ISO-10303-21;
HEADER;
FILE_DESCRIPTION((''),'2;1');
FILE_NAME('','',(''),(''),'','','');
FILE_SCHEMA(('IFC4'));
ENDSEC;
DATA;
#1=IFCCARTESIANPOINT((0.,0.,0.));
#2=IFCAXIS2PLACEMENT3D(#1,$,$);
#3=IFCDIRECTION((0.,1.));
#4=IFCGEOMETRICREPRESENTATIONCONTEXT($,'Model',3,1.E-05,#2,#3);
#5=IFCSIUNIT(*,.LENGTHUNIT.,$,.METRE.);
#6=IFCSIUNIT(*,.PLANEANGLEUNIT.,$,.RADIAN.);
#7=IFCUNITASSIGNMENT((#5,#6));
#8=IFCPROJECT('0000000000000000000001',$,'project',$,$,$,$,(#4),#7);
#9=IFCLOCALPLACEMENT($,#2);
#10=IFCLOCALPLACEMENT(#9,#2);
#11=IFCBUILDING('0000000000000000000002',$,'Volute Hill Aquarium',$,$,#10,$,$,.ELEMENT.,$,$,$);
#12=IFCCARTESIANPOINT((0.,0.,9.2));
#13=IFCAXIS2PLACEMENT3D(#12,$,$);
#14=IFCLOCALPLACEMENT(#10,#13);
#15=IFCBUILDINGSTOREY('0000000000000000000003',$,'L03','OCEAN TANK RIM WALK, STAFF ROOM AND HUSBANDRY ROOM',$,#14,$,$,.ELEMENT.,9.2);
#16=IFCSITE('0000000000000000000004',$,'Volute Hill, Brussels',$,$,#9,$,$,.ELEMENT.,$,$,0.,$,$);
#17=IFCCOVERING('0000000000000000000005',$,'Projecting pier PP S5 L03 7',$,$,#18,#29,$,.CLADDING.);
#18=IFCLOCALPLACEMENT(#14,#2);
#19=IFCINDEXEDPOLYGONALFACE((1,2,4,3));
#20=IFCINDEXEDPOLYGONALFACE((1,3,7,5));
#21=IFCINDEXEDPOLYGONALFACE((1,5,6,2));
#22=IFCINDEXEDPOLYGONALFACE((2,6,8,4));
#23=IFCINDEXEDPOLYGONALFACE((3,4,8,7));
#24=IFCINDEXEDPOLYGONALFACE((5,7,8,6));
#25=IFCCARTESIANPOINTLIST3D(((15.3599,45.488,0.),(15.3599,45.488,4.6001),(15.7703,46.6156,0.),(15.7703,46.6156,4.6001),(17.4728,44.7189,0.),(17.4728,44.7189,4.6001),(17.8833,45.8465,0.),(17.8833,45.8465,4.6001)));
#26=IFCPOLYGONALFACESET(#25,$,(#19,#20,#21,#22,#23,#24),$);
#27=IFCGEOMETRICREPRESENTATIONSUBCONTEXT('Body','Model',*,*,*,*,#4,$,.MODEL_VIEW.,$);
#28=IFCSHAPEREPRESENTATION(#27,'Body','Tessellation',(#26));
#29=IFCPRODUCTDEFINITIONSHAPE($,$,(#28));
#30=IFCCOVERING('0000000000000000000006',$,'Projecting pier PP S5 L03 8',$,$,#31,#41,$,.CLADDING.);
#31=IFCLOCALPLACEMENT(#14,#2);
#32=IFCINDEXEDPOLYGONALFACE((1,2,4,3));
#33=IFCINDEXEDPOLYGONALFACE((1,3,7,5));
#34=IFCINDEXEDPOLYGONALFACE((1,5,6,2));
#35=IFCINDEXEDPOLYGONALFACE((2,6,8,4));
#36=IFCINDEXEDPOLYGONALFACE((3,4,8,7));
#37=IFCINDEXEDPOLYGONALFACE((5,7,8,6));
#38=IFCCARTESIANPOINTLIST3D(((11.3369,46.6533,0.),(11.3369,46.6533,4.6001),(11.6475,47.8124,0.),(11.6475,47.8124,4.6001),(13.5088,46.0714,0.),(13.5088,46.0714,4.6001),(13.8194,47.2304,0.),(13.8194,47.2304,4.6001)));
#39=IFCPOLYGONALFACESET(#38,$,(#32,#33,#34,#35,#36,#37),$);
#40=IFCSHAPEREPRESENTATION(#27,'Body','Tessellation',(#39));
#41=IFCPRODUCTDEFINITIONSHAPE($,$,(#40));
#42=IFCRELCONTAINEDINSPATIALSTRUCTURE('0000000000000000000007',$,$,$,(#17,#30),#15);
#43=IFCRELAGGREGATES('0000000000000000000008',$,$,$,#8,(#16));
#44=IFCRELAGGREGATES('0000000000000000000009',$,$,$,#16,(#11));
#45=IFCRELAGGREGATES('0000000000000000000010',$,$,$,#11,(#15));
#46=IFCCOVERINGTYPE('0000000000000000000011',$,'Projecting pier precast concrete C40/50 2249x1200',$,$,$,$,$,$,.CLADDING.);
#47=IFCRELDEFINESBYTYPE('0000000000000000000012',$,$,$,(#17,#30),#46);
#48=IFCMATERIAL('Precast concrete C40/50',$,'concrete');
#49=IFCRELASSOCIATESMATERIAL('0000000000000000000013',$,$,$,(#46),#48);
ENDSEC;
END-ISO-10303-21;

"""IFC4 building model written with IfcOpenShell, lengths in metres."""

from ifc_helpers import new_model, si_unit, direction, frame, origin, origin_2d, place, context, subcontext, project, spatial, rectangle, extrude, material, type_object, element, save


model = new_model("IFC4")

# Units and contexts
model_context = context("Model", 3, precision=1e-05, world=origin(), true_north=direction((0.0, 1.0)))
body_context = subcontext(model_context, "Body", "Model", "MODEL_VIEW")
ifc_project = project(units=[si_unit("LENGTHUNIT", "METRE"), si_unit("PLANEANGLEUNIT", "RADIAN")], contexts=[model_context])

# Site, building, storey
site_placement = place(None, origin())
site = spatial("IfcSite", under=ifc_project, at=site_placement, Name="Volute Hill, Brussels", CompositionType="ELEMENT", RefElevation=0.0)
building_placement = place(site_placement, origin())
building = spatial("IfcBuilding", under=site, at=building_placement, Name="Volute Hill Aquarium", CompositionType="ELEMENT")
storey_placement = place(building_placement, frame((0.0, 0.0, 9.2)))
storey = spatial("IfcBuildingStorey", under=building, at=storey_placement, Name="L03", Description="OCEAN TANK RIM WALK, STAFF ROOM AND HUSBANDRY ROOM", CompositionType="ELEMENT", Elevation=9.2)

# Coverings
ifc_material_1 = material(Name="Precast concrete C40/50", Category="concrete")
covering_type_1 = type_object("IfcCoveringType", Name="Projecting pier precast concrete C40/50 2249x1200", PredefinedType="CLADDING", material=ifc_material_1)
for number, where, z_axis, x_axis, name in (
    (1, (16.6216, 45.6672, 0.0), (0.0, 0.0, 1.0), (-0.939693, 0.34202, 0.0), "Projecting pier PP S5 L03 7"),
    (2, (12.5781, 46.9419, 0.0), (0.0, 0.0, 1.0), (-0.965926, 0.258819, 0.0), "Projecting pier PP S5 L03 8"),
):
    element("IfcCovering", number, at=place(storey_placement, frame(where, z_axis=z_axis, x_axis=x_axis)), inside=storey, type_object=covering_type_1, Name=name, PredefinedType="CLADDING", context=body_context, shape_type="SweptSolid", body=[
        extrude(rectangle(XDim=2.2485, YDim=1.2, at=origin_2d()), origin(), (0.0, 0.0, 1.0), 4.6001),
    ])

save(model, "model.ifc")
